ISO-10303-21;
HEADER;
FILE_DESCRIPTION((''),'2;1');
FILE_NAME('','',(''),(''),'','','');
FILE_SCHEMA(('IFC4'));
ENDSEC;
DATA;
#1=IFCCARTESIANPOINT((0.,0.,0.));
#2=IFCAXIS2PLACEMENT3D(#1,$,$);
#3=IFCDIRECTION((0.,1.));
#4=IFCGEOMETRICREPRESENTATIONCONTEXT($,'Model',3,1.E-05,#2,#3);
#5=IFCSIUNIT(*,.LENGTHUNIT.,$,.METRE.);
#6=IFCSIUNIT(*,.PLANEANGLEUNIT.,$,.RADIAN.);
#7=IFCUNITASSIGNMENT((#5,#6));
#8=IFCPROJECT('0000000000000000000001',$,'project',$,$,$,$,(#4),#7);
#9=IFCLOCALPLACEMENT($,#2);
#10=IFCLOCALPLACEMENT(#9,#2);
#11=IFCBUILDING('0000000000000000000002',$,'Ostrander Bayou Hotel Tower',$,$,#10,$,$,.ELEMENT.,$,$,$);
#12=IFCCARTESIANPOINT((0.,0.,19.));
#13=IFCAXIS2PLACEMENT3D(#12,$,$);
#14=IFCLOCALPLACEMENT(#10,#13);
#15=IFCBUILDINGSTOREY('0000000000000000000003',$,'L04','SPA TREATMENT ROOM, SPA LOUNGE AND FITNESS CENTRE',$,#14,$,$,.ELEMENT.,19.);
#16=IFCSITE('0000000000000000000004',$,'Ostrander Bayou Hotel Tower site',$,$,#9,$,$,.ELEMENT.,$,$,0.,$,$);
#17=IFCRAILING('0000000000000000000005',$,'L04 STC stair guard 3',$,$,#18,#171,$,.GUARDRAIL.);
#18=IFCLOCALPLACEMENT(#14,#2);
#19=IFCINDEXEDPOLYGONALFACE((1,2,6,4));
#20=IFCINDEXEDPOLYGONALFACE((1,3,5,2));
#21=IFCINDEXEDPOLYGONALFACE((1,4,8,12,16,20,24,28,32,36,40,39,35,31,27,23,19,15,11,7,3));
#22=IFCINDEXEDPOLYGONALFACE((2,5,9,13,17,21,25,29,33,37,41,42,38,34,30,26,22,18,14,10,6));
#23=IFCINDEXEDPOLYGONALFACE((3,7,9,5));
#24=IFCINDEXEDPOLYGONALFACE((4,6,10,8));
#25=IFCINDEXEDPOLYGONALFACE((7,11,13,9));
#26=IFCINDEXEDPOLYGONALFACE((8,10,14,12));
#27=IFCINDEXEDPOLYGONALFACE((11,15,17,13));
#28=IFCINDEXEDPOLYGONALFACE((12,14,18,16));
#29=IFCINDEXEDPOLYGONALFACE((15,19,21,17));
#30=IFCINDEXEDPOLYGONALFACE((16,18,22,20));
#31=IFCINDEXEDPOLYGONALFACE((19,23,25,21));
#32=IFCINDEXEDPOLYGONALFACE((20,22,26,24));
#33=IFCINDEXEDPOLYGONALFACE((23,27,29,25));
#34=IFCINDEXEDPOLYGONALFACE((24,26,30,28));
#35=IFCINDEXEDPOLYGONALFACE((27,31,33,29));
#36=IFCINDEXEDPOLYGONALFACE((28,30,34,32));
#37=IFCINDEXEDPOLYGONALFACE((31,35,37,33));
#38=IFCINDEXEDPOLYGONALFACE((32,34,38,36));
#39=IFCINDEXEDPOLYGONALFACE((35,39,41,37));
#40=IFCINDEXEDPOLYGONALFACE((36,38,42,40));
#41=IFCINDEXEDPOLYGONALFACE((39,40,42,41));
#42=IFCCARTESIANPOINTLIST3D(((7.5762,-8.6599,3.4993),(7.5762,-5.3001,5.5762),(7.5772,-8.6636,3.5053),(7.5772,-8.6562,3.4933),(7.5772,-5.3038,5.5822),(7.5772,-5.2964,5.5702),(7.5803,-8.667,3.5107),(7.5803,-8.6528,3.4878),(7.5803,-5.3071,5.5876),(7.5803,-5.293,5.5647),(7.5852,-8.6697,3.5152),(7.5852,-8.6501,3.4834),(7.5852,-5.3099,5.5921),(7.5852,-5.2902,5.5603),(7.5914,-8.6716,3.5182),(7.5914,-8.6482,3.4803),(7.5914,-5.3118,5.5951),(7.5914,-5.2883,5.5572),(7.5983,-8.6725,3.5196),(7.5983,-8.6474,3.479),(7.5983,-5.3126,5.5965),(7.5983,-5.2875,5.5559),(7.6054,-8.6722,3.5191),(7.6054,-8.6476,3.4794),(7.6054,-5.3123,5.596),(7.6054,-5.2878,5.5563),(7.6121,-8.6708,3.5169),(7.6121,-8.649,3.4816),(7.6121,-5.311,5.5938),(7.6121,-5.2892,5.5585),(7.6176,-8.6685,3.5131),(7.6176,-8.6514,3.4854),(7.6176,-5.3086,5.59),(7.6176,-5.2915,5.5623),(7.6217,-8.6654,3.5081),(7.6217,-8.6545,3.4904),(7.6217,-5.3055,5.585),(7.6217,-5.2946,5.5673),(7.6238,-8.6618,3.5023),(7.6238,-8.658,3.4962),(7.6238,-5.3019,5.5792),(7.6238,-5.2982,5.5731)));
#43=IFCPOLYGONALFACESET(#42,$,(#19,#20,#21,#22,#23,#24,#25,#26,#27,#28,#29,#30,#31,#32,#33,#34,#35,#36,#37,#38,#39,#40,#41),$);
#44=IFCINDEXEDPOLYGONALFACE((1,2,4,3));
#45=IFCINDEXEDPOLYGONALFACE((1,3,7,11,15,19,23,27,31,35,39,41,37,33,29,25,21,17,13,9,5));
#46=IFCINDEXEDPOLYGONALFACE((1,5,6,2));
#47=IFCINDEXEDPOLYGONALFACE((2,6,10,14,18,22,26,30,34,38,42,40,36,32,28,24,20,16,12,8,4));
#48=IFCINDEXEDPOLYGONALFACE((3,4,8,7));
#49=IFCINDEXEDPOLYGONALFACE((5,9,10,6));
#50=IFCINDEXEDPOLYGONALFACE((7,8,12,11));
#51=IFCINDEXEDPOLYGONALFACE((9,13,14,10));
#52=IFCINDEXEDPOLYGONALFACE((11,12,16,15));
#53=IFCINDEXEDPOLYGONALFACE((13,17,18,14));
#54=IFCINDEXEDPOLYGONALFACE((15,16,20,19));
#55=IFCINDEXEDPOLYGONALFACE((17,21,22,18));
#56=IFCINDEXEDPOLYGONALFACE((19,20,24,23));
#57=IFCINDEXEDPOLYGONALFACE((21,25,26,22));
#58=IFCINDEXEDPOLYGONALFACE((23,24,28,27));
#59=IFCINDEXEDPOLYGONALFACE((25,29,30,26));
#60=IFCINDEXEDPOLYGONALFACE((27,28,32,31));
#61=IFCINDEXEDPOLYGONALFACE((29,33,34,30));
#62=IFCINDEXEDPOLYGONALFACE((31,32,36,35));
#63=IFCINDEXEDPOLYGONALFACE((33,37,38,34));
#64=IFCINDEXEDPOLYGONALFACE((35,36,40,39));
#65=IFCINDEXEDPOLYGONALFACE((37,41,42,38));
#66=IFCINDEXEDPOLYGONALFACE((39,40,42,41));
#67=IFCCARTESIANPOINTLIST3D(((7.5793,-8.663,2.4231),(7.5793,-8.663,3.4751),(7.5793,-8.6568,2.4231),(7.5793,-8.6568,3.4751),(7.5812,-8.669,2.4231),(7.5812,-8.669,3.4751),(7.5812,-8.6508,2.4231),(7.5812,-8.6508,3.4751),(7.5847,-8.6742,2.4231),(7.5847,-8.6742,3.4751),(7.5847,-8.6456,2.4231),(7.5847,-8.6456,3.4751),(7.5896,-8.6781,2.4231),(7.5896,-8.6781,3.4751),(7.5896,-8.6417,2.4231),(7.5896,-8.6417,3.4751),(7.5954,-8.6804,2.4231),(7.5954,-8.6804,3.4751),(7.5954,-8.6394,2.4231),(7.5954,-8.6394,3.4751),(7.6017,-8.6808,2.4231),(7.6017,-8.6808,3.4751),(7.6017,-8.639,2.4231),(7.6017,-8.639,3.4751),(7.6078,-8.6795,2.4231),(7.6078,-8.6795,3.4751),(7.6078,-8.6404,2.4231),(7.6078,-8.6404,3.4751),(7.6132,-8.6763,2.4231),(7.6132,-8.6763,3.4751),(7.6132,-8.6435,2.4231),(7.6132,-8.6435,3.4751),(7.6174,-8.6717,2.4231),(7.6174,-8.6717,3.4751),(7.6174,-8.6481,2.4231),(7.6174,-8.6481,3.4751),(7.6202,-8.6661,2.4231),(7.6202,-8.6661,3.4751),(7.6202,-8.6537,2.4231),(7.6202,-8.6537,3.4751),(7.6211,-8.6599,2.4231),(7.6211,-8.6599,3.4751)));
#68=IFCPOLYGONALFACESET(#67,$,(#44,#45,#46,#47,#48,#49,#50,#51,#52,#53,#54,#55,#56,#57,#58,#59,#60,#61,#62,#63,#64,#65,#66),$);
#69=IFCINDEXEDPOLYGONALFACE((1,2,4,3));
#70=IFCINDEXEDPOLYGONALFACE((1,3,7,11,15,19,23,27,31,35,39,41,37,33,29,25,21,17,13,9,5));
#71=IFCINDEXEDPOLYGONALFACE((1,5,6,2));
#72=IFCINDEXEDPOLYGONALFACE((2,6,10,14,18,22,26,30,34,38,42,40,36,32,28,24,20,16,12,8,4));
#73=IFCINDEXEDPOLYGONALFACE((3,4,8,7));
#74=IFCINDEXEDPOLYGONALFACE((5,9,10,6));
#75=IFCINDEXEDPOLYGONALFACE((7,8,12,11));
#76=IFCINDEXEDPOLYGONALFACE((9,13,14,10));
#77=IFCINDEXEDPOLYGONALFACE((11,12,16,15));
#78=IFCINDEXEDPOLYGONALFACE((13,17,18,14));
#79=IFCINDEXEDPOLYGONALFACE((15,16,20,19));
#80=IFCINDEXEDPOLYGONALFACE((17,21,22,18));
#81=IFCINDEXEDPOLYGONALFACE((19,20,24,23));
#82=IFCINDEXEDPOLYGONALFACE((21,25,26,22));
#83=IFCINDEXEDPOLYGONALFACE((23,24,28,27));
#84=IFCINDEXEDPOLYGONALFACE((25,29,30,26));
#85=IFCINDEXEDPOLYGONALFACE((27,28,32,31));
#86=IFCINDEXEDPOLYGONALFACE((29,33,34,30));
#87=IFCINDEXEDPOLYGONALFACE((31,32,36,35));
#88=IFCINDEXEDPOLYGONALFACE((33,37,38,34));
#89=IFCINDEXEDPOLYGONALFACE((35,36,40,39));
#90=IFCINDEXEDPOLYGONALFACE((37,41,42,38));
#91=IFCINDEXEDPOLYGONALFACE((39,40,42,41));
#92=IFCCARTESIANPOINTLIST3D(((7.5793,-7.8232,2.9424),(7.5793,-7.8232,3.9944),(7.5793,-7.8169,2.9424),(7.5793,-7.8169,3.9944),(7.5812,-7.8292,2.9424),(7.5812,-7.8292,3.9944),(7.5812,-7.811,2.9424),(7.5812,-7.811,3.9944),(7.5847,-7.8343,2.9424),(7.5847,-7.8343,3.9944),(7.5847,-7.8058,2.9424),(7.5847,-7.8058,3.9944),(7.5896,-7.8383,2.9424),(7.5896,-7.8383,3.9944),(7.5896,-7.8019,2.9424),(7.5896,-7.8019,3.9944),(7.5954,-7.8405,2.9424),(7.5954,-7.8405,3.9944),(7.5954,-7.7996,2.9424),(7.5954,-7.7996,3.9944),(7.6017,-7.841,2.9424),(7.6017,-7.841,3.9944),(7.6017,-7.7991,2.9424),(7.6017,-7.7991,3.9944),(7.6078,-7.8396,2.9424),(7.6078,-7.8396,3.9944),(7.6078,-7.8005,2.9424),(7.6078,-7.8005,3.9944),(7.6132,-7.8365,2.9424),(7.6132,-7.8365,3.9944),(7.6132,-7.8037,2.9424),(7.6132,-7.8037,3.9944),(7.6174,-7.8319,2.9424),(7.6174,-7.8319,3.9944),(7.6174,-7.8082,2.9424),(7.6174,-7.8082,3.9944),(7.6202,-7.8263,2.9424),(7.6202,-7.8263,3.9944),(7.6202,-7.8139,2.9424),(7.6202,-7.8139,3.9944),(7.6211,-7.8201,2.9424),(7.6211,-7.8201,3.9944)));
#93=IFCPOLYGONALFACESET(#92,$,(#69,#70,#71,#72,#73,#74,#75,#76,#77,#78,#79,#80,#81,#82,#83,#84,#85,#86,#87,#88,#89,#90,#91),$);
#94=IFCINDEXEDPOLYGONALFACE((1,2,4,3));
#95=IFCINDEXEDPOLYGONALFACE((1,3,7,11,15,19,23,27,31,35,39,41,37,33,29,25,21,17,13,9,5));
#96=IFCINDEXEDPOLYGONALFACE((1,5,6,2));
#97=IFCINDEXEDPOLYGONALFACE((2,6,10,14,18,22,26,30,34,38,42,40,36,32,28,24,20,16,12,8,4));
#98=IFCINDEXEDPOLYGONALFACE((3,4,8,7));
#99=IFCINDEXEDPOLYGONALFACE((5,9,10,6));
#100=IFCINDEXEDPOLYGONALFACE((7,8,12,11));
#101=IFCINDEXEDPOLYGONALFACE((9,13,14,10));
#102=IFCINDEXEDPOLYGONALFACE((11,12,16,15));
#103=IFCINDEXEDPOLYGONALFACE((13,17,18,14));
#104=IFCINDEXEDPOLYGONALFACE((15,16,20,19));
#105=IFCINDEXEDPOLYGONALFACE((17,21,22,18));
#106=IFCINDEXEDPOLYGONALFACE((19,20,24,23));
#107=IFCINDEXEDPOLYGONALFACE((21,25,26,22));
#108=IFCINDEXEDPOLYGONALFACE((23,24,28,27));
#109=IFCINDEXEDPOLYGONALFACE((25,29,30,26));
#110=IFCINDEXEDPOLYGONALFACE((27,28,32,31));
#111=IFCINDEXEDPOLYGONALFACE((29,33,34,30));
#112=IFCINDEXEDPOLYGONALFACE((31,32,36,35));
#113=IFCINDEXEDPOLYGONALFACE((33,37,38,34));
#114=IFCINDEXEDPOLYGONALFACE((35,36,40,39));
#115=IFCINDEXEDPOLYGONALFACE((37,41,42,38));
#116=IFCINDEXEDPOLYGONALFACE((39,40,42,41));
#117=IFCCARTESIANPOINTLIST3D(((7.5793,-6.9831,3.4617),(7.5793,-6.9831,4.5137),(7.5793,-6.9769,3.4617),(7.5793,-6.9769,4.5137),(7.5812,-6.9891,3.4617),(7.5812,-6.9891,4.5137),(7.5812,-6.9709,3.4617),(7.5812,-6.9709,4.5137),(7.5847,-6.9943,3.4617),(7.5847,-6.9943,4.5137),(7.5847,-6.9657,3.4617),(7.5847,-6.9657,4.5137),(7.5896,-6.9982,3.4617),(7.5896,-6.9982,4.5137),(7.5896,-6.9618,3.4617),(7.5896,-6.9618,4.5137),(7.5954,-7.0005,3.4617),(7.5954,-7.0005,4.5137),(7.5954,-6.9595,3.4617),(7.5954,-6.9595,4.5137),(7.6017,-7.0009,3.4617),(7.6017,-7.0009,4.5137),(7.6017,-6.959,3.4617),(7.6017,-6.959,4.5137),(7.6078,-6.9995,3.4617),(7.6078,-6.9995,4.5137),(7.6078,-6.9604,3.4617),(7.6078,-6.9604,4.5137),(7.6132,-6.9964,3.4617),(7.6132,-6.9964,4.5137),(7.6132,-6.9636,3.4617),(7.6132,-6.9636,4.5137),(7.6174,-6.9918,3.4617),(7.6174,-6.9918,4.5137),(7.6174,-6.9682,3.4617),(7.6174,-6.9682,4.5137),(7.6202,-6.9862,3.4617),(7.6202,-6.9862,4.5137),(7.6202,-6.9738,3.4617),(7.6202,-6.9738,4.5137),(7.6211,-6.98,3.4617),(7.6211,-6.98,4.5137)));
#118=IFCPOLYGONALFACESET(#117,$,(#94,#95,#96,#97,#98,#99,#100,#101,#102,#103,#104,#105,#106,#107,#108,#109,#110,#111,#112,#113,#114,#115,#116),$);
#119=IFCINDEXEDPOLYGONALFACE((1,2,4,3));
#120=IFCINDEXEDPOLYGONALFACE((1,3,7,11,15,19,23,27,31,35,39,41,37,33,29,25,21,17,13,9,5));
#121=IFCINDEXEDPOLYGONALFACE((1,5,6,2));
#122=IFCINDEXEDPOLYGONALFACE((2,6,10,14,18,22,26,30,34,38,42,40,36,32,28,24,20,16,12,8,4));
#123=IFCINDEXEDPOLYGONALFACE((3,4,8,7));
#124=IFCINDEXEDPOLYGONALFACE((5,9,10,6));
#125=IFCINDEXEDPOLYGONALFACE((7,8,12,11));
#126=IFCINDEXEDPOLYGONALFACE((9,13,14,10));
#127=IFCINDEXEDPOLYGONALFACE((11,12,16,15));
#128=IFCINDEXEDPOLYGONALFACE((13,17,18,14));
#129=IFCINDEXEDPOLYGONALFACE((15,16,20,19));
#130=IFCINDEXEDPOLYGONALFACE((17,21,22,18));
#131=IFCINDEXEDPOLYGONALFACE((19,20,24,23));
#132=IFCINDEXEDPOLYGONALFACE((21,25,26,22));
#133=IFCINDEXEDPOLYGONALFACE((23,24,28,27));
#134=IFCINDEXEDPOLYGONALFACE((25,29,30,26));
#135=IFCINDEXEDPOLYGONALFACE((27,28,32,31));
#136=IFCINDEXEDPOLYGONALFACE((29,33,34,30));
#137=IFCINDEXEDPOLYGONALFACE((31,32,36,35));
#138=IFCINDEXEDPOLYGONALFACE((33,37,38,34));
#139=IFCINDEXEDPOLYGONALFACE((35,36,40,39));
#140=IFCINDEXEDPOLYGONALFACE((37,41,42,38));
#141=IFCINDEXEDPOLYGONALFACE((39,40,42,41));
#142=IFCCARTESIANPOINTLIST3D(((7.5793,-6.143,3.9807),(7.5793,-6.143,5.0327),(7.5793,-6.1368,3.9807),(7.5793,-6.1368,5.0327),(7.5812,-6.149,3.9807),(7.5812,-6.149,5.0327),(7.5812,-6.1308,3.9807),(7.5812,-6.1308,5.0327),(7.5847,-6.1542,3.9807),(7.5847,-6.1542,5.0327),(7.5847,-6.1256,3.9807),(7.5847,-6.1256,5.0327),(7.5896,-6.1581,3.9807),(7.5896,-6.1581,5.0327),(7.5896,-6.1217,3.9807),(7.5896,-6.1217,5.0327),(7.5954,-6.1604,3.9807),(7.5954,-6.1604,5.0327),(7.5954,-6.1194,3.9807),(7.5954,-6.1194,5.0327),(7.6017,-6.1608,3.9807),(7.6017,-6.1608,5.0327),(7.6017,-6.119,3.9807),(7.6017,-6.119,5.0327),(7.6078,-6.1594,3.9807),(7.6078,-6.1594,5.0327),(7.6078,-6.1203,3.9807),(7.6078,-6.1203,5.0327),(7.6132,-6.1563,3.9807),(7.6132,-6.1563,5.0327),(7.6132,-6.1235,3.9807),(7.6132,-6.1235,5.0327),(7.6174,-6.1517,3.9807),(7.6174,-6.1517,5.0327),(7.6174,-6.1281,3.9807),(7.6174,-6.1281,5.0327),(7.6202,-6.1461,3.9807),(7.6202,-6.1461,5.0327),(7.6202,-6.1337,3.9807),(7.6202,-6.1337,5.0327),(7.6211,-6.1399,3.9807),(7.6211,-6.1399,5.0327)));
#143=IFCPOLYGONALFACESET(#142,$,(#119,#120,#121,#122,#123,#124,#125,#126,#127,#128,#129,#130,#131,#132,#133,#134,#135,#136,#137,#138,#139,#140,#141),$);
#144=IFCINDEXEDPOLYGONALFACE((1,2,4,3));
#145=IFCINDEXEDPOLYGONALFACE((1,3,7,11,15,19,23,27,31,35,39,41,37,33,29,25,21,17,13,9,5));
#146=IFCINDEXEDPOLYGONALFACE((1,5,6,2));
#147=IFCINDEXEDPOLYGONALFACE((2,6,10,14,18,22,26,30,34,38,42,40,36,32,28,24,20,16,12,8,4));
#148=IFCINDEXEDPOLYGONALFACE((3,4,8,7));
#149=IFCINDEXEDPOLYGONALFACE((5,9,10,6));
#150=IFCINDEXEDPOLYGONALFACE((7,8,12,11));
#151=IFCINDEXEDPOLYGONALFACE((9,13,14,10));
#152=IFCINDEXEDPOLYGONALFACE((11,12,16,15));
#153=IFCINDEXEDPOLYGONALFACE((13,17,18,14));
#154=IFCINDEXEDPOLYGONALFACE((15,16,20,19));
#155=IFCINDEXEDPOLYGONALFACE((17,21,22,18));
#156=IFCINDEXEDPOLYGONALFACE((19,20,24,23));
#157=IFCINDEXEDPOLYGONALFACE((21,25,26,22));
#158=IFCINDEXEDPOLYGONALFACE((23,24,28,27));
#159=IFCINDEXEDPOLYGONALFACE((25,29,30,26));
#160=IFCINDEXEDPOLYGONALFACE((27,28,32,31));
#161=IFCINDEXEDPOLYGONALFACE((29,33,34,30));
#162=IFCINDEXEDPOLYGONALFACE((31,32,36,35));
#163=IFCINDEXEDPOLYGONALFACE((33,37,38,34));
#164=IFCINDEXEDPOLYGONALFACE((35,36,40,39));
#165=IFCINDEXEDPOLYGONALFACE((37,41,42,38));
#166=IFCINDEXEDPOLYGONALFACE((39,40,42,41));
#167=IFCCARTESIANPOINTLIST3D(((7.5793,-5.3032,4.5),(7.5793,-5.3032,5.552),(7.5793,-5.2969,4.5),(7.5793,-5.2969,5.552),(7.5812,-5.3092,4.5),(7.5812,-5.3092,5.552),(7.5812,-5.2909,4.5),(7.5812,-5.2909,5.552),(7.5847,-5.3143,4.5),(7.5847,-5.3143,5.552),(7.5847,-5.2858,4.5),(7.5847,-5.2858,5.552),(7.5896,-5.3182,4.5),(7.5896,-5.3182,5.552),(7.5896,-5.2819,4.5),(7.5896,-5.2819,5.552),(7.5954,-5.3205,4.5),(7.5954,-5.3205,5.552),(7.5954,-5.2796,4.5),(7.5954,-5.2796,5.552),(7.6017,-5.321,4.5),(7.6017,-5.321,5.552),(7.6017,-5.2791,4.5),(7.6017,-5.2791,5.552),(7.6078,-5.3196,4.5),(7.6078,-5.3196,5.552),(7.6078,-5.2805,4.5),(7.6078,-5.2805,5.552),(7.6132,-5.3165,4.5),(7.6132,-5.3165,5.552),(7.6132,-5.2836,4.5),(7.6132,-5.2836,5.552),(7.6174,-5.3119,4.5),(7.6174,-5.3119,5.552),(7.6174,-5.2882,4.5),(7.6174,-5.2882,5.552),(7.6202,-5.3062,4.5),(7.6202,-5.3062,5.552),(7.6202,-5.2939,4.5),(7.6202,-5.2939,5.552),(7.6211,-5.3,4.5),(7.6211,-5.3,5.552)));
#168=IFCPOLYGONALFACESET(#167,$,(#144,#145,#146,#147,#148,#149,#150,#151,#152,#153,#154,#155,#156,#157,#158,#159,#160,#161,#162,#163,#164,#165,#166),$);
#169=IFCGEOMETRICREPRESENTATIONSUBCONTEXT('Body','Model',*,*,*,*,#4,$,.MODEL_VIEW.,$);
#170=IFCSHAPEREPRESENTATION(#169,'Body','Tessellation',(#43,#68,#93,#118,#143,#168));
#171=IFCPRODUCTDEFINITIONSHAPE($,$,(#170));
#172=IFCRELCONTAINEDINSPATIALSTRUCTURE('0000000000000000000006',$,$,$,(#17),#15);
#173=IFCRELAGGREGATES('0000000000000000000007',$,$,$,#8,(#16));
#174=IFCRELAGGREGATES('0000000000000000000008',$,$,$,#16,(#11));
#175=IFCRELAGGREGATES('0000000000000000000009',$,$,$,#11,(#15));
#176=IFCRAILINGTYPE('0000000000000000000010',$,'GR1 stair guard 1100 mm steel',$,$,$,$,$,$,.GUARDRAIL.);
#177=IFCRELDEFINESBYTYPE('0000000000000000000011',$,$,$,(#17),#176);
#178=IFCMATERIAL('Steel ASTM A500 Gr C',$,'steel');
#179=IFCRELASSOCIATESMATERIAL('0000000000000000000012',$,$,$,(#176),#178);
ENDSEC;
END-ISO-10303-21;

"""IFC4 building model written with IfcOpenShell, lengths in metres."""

from ifc_helpers import new_model, si_unit, direction, frame, origin, origin_2d, place, context, subcontext, project, spatial, circle, extrude, material, type_object, element, save


model = new_model("IFC4")

# Units and contexts
model_context = context("Model", 3, precision=1e-05, world=origin(), true_north=direction((0.0, 1.0)))
body_context = subcontext(model_context, "Body", "Model", "MODEL_VIEW")
ifc_project = project(units=[si_unit("LENGTHUNIT", "METRE"), si_unit("PLANEANGLEUNIT", "RADIAN")], contexts=[model_context])

# Site, building, storey
site_placement = place(None, origin())
site = spatial("IfcSite", under=ifc_project, at=site_placement, Name="Ostrander Bayou Hotel Tower site", CompositionType="ELEMENT", RefElevation=0.0)
building_placement = place(site_placement, origin())
building = spatial("IfcBuilding", under=site, at=building_placement, Name="Ostrander Bayou Hotel Tower", CompositionType="ELEMENT")
storey_placement = place(building_placement, frame((0.0, 0.0, 19.0)))
storey = spatial("IfcBuildingStorey", under=building, at=storey_placement, Name="L04", Description="SPA TREATMENT ROOM, SPA LOUNGE AND FITNESS CENTRE", CompositionType="ELEMENT", Elevation=19.0)

# Railing
ifc_material_1 = material(Name="Steel ASTM A500 Gr C", Category="steel")
railing_type_1 = type_object("IfcRailingType", Name="GR1 stair guard 1100 mm steel", PredefinedType="GUARDRAIL", material=ifc_material_1)
railing_1_placement = place(storey_placement, frame((7.6001, -8.6599, 2.4231)))
element("IfcRailing", 1, at=railing_1_placement, inside=storey, type_object=railing_type_1, Name="L04 STC stair guard 3", PredefinedType="GUARDRAIL", context=body_context, shape_type="SweptSolid", body=[
    extrude(circle(Radius=0.0239, at=origin_2d()), frame((0.0, 0.0, 1.0762), z_axis=(0.0, 0.850606, 0.525803), x_axis=(-1.0, 0.0, 0.0)), (0.0, 0.0, 1.0), 3.95),
    extrude(circle(Radius=0.021, at=origin_2d()), origin(), (0.0, 0.0, 1.0), 1.052),
    extrude(circle(Radius=0.021, at=origin_2d()), frame((0.0, 0.8398, 0.5193)), (0.0, 0.0, 1.0), 1.052),
    extrude(circle(Radius=0.021, at=origin_2d()), frame((0.0, 1.6799, 1.0386)), (0.0, 0.0, 1.0), 1.052),
    extrude(circle(Radius=0.021, at=origin_2d()), frame((0.0, 2.52, 1.5576)), (0.0, 0.0, 1.0), 1.052),
    extrude(circle(Radius=0.021, at=origin_2d()), frame((0.0, 3.3599, 2.0769)), (0.0, 0.0, 1.0), 1.052),
])

save(model, "model.ifc")
